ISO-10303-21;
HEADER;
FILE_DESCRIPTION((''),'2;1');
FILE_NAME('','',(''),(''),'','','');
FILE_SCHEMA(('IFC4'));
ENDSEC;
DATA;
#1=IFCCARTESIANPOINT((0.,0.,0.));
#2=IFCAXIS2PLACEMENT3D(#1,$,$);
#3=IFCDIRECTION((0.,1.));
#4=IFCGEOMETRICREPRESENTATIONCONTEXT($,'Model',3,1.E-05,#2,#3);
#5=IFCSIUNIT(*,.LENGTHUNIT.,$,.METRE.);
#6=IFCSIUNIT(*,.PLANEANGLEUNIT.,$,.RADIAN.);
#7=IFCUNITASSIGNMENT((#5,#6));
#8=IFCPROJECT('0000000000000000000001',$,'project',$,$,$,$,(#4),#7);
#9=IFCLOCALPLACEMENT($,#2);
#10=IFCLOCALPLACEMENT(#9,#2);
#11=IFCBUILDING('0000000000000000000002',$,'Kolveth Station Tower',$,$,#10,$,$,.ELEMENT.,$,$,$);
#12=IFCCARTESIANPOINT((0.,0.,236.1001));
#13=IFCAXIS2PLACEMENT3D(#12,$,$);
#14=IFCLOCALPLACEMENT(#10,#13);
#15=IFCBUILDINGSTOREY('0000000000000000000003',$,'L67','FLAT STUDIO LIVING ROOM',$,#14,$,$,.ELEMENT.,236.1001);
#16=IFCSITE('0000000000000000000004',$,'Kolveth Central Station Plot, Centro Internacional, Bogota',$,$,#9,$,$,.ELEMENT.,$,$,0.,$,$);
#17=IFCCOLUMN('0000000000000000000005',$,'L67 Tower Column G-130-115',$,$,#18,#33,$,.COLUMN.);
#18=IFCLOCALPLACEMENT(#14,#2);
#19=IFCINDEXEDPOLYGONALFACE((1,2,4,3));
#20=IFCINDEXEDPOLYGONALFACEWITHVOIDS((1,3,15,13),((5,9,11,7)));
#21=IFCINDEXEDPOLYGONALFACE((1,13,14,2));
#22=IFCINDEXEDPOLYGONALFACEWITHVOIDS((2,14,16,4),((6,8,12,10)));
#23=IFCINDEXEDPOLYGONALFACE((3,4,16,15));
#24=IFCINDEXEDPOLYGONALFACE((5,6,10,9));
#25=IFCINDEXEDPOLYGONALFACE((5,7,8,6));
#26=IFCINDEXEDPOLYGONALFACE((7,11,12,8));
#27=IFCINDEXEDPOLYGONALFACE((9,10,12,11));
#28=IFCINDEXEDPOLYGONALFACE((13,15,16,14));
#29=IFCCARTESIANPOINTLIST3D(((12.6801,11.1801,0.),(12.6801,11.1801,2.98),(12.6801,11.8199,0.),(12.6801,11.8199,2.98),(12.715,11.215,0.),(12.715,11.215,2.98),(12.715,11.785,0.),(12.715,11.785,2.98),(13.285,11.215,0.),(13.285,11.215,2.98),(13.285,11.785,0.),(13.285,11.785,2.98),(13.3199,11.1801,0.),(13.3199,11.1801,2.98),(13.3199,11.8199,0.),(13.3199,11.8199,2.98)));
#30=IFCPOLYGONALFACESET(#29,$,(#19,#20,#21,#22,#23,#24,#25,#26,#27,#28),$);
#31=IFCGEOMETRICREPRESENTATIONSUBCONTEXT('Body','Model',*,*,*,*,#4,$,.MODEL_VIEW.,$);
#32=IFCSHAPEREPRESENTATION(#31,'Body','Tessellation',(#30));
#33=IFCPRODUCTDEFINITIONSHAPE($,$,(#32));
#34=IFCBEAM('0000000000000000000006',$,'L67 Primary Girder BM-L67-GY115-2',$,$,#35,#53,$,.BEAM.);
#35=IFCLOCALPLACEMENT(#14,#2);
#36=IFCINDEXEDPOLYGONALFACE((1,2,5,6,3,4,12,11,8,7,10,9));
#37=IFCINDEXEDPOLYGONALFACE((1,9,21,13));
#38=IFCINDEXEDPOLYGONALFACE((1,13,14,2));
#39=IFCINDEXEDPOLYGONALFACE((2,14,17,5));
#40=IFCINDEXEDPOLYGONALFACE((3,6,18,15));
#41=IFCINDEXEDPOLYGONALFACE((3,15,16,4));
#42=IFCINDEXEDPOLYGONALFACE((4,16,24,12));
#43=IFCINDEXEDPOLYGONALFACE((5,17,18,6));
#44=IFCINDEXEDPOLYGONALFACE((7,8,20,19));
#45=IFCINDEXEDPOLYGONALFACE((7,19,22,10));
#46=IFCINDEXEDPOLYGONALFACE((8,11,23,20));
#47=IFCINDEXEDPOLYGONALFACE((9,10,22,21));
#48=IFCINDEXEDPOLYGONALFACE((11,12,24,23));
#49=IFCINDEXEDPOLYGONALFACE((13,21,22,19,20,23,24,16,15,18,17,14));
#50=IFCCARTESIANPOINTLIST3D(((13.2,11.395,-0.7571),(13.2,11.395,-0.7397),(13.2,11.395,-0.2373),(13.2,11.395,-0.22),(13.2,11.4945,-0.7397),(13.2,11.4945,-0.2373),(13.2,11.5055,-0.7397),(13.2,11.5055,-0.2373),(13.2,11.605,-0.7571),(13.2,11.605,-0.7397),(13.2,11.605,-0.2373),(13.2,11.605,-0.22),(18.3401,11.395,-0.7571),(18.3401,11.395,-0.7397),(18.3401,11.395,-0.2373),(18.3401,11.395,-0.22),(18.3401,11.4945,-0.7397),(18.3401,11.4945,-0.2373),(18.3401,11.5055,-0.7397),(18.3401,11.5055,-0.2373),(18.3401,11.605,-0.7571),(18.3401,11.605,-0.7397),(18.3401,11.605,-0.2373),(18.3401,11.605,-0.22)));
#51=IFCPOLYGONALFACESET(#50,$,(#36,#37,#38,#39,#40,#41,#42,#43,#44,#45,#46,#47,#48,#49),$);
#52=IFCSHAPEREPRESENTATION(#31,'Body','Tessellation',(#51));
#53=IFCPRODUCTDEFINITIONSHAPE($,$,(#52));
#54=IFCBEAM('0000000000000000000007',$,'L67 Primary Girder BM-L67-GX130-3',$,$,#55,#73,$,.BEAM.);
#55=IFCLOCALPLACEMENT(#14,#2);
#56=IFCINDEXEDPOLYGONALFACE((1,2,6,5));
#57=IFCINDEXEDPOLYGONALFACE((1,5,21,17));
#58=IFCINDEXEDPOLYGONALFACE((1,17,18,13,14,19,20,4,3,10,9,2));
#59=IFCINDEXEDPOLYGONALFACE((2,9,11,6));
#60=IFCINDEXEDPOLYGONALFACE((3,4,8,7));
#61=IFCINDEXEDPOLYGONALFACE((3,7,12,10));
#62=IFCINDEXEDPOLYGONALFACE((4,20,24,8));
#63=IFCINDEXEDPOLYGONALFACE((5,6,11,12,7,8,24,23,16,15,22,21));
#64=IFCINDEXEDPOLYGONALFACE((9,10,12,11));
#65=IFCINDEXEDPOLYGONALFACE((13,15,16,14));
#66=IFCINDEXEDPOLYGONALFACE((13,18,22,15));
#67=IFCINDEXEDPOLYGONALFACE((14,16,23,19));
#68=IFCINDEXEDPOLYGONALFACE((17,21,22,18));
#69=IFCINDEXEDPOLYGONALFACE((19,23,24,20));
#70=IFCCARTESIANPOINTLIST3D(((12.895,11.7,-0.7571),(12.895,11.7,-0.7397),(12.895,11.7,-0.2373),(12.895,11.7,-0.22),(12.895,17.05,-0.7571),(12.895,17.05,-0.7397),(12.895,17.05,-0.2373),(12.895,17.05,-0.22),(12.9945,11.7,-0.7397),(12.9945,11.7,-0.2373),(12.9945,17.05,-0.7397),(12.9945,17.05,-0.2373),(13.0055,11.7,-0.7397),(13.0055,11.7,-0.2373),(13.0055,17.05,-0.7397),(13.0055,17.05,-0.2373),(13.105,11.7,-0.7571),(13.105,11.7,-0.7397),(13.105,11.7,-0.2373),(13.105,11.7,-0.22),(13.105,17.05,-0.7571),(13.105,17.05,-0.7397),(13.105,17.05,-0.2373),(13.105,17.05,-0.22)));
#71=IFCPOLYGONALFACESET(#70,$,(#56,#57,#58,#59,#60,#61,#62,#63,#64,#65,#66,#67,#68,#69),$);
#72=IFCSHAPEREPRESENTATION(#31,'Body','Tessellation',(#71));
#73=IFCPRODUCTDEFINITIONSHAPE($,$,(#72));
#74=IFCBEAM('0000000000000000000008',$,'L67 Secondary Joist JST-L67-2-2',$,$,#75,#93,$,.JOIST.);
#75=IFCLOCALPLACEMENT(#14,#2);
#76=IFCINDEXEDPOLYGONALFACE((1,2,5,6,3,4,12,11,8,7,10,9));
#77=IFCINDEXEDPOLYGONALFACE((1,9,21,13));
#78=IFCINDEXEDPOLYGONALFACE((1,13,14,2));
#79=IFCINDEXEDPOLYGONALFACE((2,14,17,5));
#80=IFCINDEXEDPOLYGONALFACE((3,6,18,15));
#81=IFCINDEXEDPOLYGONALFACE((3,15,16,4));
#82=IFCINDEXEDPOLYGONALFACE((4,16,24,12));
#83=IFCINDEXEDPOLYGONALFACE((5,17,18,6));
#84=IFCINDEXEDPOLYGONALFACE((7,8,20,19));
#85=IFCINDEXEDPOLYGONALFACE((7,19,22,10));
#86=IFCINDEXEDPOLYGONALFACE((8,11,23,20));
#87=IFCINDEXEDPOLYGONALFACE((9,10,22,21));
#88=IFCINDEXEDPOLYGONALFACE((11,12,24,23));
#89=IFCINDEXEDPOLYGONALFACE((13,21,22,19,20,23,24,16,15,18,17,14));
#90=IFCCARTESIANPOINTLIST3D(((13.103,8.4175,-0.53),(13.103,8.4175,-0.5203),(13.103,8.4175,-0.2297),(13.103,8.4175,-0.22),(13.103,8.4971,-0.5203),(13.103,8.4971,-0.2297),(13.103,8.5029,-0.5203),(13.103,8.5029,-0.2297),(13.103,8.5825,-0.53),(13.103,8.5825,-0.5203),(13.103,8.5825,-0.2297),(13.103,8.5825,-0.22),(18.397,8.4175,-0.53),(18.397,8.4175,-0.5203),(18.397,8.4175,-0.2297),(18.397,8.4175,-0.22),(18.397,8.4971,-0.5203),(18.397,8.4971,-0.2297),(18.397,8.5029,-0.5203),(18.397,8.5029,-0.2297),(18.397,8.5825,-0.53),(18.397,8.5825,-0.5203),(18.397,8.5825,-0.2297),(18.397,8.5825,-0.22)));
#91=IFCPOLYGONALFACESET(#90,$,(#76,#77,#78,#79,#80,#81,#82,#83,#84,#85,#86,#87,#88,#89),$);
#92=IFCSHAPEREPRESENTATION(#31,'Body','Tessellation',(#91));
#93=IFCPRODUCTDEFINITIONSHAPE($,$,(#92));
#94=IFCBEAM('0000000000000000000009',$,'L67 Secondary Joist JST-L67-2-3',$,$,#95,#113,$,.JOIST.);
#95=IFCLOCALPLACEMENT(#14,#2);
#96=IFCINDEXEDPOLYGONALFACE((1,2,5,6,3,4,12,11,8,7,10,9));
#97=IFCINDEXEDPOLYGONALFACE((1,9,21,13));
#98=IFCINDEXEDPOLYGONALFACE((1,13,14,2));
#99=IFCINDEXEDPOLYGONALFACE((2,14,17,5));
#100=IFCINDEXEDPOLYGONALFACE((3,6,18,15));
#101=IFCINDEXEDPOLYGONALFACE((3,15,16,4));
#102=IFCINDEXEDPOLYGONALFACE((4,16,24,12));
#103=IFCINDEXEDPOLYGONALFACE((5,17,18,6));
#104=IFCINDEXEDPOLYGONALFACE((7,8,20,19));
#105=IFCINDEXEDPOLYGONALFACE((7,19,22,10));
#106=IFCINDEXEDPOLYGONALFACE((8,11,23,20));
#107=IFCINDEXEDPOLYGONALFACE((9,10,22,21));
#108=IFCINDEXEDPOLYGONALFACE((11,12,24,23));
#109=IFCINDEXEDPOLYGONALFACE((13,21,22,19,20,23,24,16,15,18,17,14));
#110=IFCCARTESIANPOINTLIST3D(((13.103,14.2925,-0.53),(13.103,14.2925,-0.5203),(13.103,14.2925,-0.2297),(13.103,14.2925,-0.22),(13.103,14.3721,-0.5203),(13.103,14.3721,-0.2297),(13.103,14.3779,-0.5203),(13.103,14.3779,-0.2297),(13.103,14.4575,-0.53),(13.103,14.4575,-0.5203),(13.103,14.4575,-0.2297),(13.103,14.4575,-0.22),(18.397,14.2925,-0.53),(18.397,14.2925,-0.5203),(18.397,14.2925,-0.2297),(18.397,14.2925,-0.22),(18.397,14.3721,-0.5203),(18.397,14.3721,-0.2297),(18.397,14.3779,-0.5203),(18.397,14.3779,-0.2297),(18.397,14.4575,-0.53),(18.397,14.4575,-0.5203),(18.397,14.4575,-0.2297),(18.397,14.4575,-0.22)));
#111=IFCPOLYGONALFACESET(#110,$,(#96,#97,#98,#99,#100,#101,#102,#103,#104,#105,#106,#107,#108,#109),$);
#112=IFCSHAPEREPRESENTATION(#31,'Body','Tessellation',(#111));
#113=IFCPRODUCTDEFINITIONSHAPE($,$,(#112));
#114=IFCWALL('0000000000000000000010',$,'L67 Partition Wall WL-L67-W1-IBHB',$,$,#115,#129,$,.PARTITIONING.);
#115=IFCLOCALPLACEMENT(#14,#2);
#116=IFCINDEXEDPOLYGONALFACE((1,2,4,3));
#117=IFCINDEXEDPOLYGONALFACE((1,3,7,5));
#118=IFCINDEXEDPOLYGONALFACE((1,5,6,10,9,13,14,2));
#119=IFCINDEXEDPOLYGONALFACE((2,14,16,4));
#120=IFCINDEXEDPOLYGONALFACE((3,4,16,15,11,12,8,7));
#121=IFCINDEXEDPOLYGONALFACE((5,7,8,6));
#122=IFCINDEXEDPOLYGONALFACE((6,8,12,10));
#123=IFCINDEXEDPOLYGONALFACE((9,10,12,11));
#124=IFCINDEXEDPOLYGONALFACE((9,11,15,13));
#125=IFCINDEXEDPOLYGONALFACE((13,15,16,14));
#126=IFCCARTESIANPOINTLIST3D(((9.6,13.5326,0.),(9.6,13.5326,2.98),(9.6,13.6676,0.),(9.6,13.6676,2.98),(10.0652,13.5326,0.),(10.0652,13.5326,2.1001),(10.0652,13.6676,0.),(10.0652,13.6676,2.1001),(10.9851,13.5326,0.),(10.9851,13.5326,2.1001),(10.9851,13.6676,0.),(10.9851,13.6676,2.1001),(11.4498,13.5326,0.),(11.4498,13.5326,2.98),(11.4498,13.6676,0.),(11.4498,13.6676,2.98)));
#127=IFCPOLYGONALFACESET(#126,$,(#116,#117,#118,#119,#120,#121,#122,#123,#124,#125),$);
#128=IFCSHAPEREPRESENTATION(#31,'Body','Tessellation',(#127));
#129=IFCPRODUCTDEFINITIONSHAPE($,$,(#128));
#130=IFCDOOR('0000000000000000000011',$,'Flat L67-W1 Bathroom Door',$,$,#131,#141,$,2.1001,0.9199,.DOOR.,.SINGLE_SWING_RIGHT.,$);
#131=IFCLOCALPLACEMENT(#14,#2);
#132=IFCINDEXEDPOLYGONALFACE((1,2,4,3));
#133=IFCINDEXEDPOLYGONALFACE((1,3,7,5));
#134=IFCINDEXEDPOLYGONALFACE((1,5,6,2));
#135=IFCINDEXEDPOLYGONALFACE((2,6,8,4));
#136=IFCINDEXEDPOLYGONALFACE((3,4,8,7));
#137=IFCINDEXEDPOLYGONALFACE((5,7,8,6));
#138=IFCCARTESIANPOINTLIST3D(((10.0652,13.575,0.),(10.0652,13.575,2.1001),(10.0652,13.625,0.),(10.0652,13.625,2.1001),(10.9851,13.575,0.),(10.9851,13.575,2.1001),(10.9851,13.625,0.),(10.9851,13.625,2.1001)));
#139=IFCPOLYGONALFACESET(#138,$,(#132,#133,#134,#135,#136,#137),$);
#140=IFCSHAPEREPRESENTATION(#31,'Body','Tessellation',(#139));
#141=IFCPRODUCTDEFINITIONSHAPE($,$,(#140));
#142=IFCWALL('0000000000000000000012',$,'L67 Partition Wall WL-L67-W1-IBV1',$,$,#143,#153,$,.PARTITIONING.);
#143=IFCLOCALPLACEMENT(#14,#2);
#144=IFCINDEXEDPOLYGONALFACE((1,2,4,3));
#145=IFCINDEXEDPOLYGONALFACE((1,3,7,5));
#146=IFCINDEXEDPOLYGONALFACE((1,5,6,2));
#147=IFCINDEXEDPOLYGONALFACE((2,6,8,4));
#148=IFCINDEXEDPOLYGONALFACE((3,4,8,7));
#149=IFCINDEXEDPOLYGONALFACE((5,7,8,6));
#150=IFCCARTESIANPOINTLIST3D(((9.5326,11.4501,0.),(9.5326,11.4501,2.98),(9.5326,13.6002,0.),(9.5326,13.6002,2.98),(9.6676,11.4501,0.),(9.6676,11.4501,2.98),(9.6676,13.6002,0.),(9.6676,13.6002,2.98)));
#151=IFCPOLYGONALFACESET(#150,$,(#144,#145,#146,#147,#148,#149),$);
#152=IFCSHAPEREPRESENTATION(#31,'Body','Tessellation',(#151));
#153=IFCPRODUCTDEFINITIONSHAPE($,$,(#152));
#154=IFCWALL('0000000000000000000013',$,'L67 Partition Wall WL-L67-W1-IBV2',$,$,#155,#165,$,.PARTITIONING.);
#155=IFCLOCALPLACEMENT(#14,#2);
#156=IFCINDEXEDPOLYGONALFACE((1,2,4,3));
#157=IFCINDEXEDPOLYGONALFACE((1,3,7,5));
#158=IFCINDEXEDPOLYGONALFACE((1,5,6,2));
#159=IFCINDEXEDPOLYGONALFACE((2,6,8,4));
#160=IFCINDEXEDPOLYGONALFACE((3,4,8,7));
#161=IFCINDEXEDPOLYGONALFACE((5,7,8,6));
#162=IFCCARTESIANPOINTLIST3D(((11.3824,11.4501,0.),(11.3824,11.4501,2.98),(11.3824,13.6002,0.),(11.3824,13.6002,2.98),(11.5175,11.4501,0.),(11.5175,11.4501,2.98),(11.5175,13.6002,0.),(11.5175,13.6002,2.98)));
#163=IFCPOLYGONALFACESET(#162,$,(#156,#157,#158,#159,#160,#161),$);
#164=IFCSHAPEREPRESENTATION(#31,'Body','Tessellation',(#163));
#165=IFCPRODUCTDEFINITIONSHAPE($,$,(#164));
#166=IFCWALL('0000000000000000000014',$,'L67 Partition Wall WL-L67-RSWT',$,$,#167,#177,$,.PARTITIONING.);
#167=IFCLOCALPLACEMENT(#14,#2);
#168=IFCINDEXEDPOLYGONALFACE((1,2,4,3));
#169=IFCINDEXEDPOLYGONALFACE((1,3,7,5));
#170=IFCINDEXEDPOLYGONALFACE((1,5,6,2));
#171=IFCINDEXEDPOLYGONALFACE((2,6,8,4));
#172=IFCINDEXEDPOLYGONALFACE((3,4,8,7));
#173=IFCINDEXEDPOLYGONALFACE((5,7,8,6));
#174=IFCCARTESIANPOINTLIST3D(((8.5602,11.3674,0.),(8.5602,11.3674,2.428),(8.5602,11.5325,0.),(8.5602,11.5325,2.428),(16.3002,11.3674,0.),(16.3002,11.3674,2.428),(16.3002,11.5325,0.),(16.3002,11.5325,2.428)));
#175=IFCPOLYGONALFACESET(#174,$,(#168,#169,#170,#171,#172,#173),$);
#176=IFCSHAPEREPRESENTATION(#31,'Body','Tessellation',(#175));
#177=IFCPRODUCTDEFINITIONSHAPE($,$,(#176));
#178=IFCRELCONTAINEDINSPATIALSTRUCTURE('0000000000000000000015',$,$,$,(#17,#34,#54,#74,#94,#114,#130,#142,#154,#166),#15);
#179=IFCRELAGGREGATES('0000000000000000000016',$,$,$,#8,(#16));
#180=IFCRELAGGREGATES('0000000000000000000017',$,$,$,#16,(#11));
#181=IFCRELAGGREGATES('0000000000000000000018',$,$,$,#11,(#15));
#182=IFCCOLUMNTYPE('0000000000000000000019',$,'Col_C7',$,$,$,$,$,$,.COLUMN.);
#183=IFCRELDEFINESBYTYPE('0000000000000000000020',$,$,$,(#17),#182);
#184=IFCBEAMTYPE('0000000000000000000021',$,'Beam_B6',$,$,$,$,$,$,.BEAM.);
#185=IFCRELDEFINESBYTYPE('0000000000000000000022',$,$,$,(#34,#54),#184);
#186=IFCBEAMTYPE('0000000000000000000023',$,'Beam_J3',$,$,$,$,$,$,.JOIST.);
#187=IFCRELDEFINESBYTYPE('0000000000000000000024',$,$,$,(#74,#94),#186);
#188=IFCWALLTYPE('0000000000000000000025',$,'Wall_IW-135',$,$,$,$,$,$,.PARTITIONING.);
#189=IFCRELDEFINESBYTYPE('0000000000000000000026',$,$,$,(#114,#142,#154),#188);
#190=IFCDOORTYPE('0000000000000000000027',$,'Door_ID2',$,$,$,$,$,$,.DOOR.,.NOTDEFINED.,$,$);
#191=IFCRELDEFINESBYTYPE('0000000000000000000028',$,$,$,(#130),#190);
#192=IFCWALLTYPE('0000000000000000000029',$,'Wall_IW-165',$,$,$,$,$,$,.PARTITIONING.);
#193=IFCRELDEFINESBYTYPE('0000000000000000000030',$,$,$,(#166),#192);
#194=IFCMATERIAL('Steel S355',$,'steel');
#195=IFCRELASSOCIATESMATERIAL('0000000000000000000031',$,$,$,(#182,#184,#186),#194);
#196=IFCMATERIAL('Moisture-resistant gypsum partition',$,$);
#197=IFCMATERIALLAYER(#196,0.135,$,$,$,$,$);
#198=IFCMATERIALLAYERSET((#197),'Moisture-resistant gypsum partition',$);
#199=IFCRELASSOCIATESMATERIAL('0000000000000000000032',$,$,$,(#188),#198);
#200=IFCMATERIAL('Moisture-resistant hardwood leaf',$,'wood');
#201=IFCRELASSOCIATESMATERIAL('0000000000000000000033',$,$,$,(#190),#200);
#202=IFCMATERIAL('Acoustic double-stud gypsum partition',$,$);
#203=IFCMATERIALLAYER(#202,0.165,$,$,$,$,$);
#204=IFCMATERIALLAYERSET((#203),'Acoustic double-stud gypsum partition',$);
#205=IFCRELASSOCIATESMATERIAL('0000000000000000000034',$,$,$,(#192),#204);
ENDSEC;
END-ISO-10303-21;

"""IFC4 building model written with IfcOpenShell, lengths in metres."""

from ifc_helpers import new_model, si_unit, direction, frame, frame_2d, origin, origin_2d, place, context, subcontext, project, spatial, rectangle, hollow_rectangle, i_section, extrude, source, transform, mapped, material, layer, layer_set, material_profile, profile_set, type_object, element, fill, save


model = new_model("IFC4")

# Units and contexts
model_context = context("Model", 3, precision=1e-05, world=origin(), true_north=direction((0.0, 1.0)))
body_context = subcontext(model_context, "Body", "Model", "MODEL_VIEW")
ifc_project = project(units=[si_unit("LENGTHUNIT", "METRE"), si_unit("PLANEANGLEUNIT", "RADIAN")], contexts=[model_context])

# Site, building, storey
site_placement = place(None, origin())
site = spatial("IfcSite", under=ifc_project, at=site_placement, Name="Kolveth Central Station Plot, Centro Internacional, Bogota", CompositionType="ELEMENT", RefElevation=0.0)
building_placement = place(site_placement, origin())
building = spatial("IfcBuilding", under=site, at=building_placement, Name="Kolveth Station Tower", CompositionType="ELEMENT")
storey_placement = place(building_placement, frame((0.0, 0.0, 236.1001)))
storey = spatial("IfcBuildingStorey", under=building, at=storey_placement, Name="L67", Description="FLAT STUDIO LIVING ROOM", CompositionType="ELEMENT", Elevation=236.1001)

# Column
ifc_material_1 = material(Name="Steel S355", Category="steel")
ifc_material_profile_1 = material_profile(ifc_material_1, hollow_rectangle(XDim=0.6399, YDim=0.6399, WallThickness=0.0349, at=origin_2d()), Name="BOX640x640x35")
ifc_profile_set_1 = profile_set([ifc_material_profile_1], Name="Steel S355")
column_type = type_object("IfcColumnType", Name="Col_C7", PredefinedType="COLUMN", material=ifc_profile_set_1)
shared_shape_1 = source(origin(), body_context, "Body", "SweptSolid", [
    extrude(hollow_rectangle(XDim=0.6399, YDim=0.6399, WallThickness=0.0349, at=origin_2d()), origin(), (0.0, 0.0, 1.0), 2.98),
])
column_placement = place(storey_placement, frame((13.0, 11.5, 0.0), z_axis=(0.0, 0.0, 1.0), x_axis=(1.0, 0.0, 0.0)))
element("IfcColumn", 1, at=column_placement, inside=storey, type_object=column_type, Name="L67 Tower Column G-130-115", PredefinedType="COLUMN", context=body_context, shape_type="MappedRepresentation", body=[
    mapped(shared_shape_1, transform((0.0, 0.0, 0.0), x_axis=(1.0, 0.0, 0.0), y_axis=(0.0, 1.0, 0.0), z_axis=(0.0, 0.0, 1.0), scale=1.0)),
])

# Beams
ifc_material_profile_2 = material_profile(ifc_material_1, i_section(OverallWidth=0.21, OverallDepth=0.5371, WebThickness=0.011, FlangeThickness=0.0173, at=origin_2d()), Name="W530x101")
ifc_profile_set_2 = profile_set([ifc_material_profile_2], Name="Steel S355")
beam_type_1 = type_object("IfcBeamType", Name="Beam_B6", PredefinedType="BEAM", material=ifc_profile_set_2)
shared_shape_2 = source(origin(), body_context, "Body", "SweptSolid", [
    extrude(i_section(OverallWidth=0.21, OverallDepth=0.5371, WebThickness=0.011, FlangeThickness=0.0173, at=origin_2d()), origin(), (0.0, 0.0, 1.0), 5.1401),
])
beam_1_placement = place(storey_placement, frame((13.2, 11.5, -0.4885), z_axis=(1.0, 0.0, 0.0), x_axis=(0.0, 1.0, 0.0)))
element("IfcBeam", 2, at=beam_1_placement, inside=storey, type_object=beam_type_1, Name="L67 Primary Girder BM-L67-GY115-2", PredefinedType="BEAM", context=body_context, shape_type="MappedRepresentation", body=[
    mapped(shared_shape_2, transform((0.0, 0.0, 0.0), x_axis=(1.0, 0.0, 0.0), y_axis=(0.0, 1.0, 0.0), z_axis=(0.0, 0.0, 1.0), scale=1.0)),
])
shared_shape_3 = source(origin(), body_context, "Body", "SweptSolid", [
    extrude(i_section(OverallWidth=0.21, OverallDepth=0.5371, WebThickness=0.011, FlangeThickness=0.0173, at=origin_2d()), origin(), (0.0, 0.0, 1.0), 5.3501),
])
beam_2_placement = place(storey_placement, frame((13.0, 11.7, -0.4885), z_axis=(0.0, 1.0, 0.0), x_axis=(-1.0, 0.0, 0.0)))
element("IfcBeam", 3, at=beam_2_placement, inside=storey, type_object=beam_type_1, Name="L67 Primary Girder BM-L67-GX130-3", PredefinedType="BEAM", context=body_context, shape_type="MappedRepresentation", body=[
    mapped(shared_shape_3, transform((0.0, 0.0, 0.0), x_axis=(1.0, 0.0, 0.0), y_axis=(0.0, 1.0, 0.0), z_axis=(0.0, 0.0, 1.0), scale=1.0)),
])
ifc_material_profile_3 = material_profile(ifc_material_1, i_section(OverallWidth=0.165, OverallDepth=0.3101, WebThickness=0.0059, FlangeThickness=0.0098, at=origin_2d()), Name="W310x39")
ifc_profile_set_3 = profile_set([ifc_material_profile_3], Name="Steel S355")
beam_type_2 = type_object("IfcBeamType", Name="Beam_J3", PredefinedType="JOIST", material=ifc_profile_set_3)
shared_shape_4 = source(origin(), body_context, "Body", "SweptSolid", [
    extrude(i_section(OverallWidth=0.165, OverallDepth=0.3101, WebThickness=0.0059, FlangeThickness=0.0098, at=origin_2d()), origin(), (0.0, 0.0, 1.0), 5.2939),
])
for number, where, z_axis, x_axis, name in (
    (4, (13.103, 8.5, -0.375), (1.0, 0.0, 0.0), (0.0, 1.0, 0.0), "L67 Secondary Joist JST-L67-2-2"),
    (5, (13.103, 14.375, -0.375), (1.0, 0.0, 0.0), (0.0, 1.0, 0.0), "L67 Secondary Joist JST-L67-2-3"),
):
    element("IfcBeam", number, at=place(storey_placement, frame(where, z_axis=z_axis, x_axis=x_axis)), inside=storey, type_object=beam_type_2, Name=name, PredefinedType="JOIST", context=body_context, shape_type="MappedRepresentation", body=[
        mapped(shared_shape_4, transform((0.0, 0.0, 0.0), x_axis=(1.0, 0.0, 0.0), y_axis=(0.0, 1.0, 0.0), z_axis=(0.0, 0.0, 1.0), scale=1.0)),
    ])

# Wall, opening, door
ifc_material_2 = material(Name="Moisture-resistant gypsum partition")
ifc_layer_1 = layer(ifc_material_2, 0.135)
ifc_layer_set_1 = layer_set([ifc_layer_1], Name="Moisture-resistant gypsum partition")
wall_type_1 = type_object("IfcWallType", Name="Wall_IW-135", PredefinedType="PARTITIONING", material=ifc_layer_set_1)
wall_1_placement = place(storey_placement, frame((9.6001, 13.6001, 0.0), z_axis=(0.0, 0.0, 1.0), x_axis=(1.0, 0.0, 0.0)))
wall_1 = element("IfcWall", 6, at=wall_1_placement, inside=storey, type_object=wall_type_1, Name="L67 Partition Wall WL-L67-W1-IBHB", PredefinedType="PARTITIONING", context=body_context, shape_type="SweptSolid", body=[
    extrude(rectangle(XDim=1.8499, YDim=0.135, at=frame_2d((0.9248, 0.0))), origin(), (0.0, 0.0, 1.0), 2.98),
])
opening_1_placement = place(wall_1_placement, frame((0.4651, 0.0, 0.0)))
opening_1 = element("IfcOpeningElement", 7, at=opening_1_placement, cuts=wall_1, PredefinedType="OPENING", context=body_context, shape_type="SweptSolid", body=[
    extrude(rectangle(XDim=0.9199, YDim=2.1001, at=frame_2d((0.46, 1.05))), frame((0.0, 0.0774, 0.0), z_axis=(0.0, -1.0, 0.0), x_axis=(1.0, 0.0, 0.0)), (0.0, 0.0, 1.0), 0.155),
])
ifc_material_3 = material(Name="Moisture-resistant hardwood leaf", Category="wood")
door_type_1 = type_object("IfcDoorType", Name="Door_ID2", OperationType="NOTDEFINED", PredefinedType="DOOR", material=ifc_material_3)
door_1_placement = place(opening_1_placement, origin())
door_1 = element("IfcDoor", 8, at=door_1_placement, inside=storey, type_object=door_type_1, Name="Flat L67-W1 Bathroom Door", OperationType="SINGLE_SWING_RIGHT", OverallHeight=2.1001, OverallWidth=0.9199, PredefinedType="DOOR", context=body_context, shape_type="SweptSolid", body=[
    extrude(rectangle(XDim=0.9199, YDim=2.1001, at=frame_2d((0.46, 1.05))), frame((0.0, 0.0249, 0.0), z_axis=(0.0, -1.0, 0.0), x_axis=(1.0, 0.0, 0.0)), (0.0, 0.0, 1.0), 0.05),
])
fill(opening_1, door_1)

# Walls
for number, where, z_axis, x_axis, name in (
    (9, (9.6001, 11.45, 0.0), (0.0, 0.0, 1.0), (0.0, 1.0, 0.0), "L67 Partition Wall WL-L67-W1-IBV1"),
    (10, (11.45, 11.45, 0.0), (0.0, 0.0, 1.0), (0.0, 1.0, 0.0), "L67 Partition Wall WL-L67-W1-IBV2"),
):
    element("IfcWall", number, at=place(storey_placement, frame(where, z_axis=z_axis, x_axis=x_axis)), inside=storey, type_object=wall_type_1, Name=name, PredefinedType="PARTITIONING", context=body_context, shape_type="SweptSolid", body=[
        extrude(rectangle(XDim=2.1501, YDim=0.135, at=frame_2d((1.0752, 0.0))), origin(), (0.0, 0.0, 1.0), 2.98),
    ])
ifc_material_4 = material(Name="Acoustic double-stud gypsum partition")
ifc_layer_2 = layer(ifc_material_4, 0.165)
ifc_layer_set_2 = layer_set([ifc_layer_2], Name="Acoustic double-stud gypsum partition")
wall_type_2 = type_object("IfcWallType", Name="Wall_IW-165", PredefinedType="PARTITIONING", material=ifc_layer_set_2)
wall_2_placement = place(storey_placement, frame((8.5601, 11.45, 0.0), z_axis=(0.0, 0.0, 1.0), x_axis=(1.0, 0.0, 0.0)))
element("IfcWall", 11, at=wall_2_placement, inside=storey, type_object=wall_type_2, Name="L67 Partition Wall WL-L67-RSWT", PredefinedType="PARTITIONING", context=body_context, shape_type="SweptSolid", body=[
    extrude(rectangle(XDim=7.74, YDim=0.165, at=frame_2d((3.8701, 0.0))), origin(), (0.0, 0.0, 1.0), 2.428),
])

save(model, "model.ifc")
